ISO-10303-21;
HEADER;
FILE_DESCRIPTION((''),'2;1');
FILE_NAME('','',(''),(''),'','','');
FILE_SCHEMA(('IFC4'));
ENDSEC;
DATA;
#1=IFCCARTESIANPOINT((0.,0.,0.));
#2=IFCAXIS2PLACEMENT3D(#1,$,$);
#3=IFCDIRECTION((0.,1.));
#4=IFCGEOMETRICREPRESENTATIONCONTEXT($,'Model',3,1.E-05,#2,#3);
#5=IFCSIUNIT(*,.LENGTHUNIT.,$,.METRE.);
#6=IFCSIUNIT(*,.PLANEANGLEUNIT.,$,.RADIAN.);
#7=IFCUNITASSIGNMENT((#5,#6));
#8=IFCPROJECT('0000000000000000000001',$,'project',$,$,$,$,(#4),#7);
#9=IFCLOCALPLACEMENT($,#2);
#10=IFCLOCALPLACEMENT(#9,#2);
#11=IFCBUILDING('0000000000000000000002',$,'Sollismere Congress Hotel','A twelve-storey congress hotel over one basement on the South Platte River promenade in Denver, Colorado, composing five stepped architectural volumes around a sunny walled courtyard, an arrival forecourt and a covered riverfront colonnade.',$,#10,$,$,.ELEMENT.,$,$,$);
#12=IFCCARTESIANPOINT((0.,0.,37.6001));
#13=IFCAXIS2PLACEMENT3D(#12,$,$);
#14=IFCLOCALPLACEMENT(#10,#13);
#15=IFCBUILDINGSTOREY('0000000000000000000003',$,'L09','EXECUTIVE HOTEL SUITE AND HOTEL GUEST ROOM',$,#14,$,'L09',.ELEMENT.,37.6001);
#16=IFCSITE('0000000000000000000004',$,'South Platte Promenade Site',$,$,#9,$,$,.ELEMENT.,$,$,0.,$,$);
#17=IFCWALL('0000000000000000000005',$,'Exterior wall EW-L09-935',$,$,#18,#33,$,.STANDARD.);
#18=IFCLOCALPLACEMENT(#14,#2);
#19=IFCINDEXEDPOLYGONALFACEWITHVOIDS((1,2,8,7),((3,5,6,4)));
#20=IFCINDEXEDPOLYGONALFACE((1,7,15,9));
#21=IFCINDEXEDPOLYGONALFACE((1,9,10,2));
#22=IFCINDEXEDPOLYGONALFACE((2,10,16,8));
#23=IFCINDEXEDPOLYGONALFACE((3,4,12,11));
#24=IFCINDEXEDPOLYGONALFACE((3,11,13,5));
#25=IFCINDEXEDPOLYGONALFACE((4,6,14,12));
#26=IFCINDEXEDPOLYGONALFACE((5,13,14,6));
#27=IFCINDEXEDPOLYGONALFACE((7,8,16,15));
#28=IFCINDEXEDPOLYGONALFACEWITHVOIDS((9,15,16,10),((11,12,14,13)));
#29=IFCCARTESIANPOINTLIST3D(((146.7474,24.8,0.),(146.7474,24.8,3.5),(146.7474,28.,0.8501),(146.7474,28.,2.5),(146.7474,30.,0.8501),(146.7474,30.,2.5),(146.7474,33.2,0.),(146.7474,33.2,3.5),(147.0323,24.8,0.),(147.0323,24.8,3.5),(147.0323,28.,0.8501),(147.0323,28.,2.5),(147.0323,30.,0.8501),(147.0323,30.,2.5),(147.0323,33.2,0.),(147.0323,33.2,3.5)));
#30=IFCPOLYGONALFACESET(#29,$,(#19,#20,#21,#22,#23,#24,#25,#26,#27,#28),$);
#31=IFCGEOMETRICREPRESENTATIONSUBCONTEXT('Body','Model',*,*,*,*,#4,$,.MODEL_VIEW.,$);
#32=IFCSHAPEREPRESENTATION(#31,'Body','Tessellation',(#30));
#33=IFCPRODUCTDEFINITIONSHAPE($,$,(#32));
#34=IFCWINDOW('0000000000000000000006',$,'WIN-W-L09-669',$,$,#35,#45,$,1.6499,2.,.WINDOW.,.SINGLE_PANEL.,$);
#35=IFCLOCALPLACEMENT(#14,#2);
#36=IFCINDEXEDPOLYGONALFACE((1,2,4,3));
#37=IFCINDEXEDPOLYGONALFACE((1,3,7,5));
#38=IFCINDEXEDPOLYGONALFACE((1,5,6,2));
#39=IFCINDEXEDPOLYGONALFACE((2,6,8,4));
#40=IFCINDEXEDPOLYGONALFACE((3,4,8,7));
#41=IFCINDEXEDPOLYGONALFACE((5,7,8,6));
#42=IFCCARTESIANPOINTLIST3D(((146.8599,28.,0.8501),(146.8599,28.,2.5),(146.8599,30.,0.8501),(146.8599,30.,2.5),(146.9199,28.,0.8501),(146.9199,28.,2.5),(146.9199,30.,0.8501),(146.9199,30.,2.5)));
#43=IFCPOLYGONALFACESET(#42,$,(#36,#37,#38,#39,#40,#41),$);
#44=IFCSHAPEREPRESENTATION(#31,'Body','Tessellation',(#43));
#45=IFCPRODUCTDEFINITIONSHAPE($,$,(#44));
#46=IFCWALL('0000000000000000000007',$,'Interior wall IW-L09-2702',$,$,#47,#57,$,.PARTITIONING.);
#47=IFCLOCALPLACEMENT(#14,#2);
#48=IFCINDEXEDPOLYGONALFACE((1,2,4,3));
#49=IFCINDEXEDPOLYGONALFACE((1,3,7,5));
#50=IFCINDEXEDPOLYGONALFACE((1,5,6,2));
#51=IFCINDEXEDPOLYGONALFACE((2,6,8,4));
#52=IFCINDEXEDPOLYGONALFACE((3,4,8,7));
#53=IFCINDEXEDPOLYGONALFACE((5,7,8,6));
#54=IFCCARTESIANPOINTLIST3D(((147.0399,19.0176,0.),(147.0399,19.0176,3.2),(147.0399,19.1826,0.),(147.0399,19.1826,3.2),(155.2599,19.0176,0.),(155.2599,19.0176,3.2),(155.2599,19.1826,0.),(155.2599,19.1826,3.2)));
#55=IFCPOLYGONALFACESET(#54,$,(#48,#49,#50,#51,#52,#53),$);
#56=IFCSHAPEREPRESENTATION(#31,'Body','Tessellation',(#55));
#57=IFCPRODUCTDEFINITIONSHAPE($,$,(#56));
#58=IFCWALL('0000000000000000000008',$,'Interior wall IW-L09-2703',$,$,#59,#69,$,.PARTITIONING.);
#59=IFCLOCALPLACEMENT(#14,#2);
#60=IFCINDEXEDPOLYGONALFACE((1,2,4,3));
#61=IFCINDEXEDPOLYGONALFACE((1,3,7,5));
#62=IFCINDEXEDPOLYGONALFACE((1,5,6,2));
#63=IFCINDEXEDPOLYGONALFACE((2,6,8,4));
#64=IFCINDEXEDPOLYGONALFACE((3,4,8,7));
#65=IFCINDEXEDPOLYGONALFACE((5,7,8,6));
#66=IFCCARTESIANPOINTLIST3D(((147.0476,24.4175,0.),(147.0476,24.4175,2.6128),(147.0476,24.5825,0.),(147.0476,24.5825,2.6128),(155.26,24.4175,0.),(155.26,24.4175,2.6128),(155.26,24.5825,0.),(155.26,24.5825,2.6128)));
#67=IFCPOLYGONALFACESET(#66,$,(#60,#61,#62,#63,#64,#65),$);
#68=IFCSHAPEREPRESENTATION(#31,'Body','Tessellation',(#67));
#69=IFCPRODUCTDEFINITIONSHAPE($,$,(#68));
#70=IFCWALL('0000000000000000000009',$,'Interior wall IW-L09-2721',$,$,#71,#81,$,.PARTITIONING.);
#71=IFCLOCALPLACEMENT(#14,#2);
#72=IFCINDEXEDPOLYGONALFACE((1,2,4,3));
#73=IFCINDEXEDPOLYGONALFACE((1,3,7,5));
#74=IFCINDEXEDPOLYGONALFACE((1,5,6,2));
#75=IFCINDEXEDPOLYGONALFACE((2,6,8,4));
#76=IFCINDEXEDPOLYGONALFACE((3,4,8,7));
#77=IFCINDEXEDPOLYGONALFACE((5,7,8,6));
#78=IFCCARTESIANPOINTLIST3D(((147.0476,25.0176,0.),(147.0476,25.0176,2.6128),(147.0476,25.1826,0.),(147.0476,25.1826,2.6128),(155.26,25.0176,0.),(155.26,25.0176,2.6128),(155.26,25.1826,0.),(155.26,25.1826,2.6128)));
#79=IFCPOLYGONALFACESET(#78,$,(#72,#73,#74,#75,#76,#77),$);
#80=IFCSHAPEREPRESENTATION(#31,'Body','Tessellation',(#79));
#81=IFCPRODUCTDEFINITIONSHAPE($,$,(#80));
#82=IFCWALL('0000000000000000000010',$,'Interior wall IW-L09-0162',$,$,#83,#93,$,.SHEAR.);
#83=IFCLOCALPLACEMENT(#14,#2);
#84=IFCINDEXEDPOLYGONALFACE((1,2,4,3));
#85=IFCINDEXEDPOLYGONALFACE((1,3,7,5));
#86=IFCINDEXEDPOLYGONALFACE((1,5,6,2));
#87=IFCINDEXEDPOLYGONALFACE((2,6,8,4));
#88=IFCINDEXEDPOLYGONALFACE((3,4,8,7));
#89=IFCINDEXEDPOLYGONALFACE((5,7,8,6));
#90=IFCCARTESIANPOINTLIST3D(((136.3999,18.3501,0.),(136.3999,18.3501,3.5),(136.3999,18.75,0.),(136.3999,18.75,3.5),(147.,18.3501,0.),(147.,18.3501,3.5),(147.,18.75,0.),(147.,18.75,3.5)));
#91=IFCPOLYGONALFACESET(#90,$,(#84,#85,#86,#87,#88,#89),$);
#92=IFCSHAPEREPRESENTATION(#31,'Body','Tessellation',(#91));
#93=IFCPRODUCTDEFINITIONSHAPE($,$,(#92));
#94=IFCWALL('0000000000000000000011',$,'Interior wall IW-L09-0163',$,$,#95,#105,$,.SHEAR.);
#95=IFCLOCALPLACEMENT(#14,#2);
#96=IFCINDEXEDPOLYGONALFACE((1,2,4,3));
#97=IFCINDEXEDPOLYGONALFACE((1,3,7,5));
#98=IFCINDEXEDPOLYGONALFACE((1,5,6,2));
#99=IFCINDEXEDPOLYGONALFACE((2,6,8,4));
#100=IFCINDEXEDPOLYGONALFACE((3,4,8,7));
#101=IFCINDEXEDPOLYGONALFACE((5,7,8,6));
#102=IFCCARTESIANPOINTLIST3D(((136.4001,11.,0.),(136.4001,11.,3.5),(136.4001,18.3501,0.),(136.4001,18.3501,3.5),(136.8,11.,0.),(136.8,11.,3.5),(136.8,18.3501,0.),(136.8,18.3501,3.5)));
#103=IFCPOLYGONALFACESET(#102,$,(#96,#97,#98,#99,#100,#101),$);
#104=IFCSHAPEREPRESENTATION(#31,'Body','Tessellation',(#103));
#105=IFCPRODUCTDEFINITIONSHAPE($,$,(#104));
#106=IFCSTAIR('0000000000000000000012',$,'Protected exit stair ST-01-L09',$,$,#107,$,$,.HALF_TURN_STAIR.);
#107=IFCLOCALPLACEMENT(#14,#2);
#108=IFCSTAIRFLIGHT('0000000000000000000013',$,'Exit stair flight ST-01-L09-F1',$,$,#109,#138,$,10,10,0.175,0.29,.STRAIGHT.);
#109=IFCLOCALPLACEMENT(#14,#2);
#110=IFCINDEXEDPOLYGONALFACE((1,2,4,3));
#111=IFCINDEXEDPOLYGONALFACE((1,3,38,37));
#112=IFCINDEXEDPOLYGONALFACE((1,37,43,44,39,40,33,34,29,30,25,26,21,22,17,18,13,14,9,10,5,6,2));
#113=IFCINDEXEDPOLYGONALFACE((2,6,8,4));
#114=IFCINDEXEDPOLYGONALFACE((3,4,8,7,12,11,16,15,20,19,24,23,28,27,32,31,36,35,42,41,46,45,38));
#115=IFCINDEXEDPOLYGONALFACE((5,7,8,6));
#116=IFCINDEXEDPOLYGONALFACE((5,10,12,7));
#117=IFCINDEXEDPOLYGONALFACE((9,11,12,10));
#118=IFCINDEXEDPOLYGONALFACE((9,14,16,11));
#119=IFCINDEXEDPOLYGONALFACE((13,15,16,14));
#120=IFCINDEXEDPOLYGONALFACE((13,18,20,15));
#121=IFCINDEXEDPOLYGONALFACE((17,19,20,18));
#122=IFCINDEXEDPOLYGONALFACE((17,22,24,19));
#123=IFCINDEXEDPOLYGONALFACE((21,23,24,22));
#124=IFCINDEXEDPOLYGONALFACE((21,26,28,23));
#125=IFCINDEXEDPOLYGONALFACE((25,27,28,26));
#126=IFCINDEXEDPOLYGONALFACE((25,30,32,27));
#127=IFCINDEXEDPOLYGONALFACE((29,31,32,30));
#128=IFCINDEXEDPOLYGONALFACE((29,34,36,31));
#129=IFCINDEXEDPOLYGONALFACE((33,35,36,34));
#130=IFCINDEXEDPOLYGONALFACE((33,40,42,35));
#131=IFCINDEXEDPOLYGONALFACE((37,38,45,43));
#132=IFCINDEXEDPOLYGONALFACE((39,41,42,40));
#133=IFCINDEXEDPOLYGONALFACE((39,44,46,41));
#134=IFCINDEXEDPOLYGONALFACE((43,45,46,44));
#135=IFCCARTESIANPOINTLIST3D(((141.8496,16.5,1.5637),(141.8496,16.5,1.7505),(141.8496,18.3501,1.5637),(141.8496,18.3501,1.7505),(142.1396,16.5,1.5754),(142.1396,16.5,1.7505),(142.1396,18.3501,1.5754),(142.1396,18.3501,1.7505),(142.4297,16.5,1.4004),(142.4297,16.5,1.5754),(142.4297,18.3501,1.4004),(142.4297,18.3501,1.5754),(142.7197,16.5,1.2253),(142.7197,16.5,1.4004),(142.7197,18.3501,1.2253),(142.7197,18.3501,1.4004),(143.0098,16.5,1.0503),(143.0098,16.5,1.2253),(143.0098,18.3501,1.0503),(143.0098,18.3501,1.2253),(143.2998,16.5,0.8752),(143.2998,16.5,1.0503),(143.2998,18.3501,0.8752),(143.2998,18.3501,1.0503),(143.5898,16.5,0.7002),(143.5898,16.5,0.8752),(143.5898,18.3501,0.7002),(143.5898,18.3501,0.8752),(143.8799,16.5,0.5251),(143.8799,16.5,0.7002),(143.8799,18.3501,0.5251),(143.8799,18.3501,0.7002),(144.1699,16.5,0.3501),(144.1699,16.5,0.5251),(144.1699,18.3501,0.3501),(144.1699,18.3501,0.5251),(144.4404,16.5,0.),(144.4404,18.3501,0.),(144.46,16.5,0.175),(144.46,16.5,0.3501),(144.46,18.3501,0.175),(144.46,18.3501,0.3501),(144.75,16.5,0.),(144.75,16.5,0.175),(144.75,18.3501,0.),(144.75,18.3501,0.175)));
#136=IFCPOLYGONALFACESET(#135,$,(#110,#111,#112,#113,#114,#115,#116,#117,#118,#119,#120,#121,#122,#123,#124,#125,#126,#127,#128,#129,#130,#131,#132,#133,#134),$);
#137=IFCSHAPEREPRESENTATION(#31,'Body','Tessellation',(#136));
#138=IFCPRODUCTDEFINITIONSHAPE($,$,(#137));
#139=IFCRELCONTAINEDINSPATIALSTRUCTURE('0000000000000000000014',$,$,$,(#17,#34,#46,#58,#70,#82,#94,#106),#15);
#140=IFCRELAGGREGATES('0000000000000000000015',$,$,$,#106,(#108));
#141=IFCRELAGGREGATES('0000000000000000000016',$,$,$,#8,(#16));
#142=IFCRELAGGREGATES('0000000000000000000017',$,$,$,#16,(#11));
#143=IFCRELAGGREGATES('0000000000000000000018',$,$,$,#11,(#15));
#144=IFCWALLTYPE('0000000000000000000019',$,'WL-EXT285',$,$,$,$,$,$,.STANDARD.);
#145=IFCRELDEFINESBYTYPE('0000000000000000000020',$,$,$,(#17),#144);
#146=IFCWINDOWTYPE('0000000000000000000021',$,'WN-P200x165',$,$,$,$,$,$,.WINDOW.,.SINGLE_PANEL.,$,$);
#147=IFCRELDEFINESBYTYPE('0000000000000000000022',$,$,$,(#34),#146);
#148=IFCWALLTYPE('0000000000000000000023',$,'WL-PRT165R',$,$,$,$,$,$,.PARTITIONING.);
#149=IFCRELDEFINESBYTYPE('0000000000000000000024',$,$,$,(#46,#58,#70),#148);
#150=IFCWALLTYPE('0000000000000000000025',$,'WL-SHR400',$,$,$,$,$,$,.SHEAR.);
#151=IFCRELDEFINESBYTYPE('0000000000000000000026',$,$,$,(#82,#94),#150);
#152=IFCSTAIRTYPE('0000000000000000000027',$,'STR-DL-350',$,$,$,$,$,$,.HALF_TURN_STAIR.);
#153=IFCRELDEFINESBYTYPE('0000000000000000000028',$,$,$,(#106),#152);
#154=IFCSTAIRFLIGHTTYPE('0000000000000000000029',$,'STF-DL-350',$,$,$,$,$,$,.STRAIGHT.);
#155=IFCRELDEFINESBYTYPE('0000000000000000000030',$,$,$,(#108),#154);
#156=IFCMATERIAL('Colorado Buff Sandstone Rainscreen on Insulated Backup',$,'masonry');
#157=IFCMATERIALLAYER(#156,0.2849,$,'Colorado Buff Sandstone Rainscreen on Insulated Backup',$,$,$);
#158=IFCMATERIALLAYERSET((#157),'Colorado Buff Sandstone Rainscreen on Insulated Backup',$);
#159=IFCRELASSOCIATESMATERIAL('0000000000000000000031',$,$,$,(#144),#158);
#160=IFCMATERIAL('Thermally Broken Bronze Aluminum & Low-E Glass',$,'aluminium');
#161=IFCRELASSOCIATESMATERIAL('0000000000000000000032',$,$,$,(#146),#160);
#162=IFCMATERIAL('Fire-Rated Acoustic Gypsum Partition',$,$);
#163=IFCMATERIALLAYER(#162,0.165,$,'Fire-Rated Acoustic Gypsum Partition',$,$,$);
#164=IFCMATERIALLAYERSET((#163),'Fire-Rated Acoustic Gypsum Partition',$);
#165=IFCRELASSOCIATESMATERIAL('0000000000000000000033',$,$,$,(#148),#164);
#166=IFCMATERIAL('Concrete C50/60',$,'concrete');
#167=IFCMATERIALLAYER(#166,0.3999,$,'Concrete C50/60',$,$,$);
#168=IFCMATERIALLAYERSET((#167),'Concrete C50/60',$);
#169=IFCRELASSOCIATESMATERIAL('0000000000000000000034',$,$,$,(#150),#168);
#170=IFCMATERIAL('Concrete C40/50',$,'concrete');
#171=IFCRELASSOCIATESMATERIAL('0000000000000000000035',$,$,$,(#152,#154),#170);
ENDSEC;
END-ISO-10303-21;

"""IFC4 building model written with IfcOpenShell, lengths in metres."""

from ifc_helpers import new_model, si_unit, direction, frame, frame_2d, origin, place, context, subcontext, project, spatial, polyline, rectangle, outline, extrude, material, layer, layer_set, type_object, element, fill, aggregate, save


model = new_model("IFC4")

# Units and contexts
model_context = context("Model", 3, precision=1e-05, world=origin(), true_north=direction((0.0, 1.0)))
body_context = subcontext(model_context, "Body", "Model", "MODEL_VIEW")
ifc_project = project(units=[si_unit("LENGTHUNIT", "METRE"), si_unit("PLANEANGLEUNIT", "RADIAN")], contexts=[model_context])

# Site, building, storey
site_placement = place(None, origin())
site = spatial("IfcSite", under=ifc_project, at=site_placement, Name="South Platte Promenade Site", CompositionType="ELEMENT", RefElevation=0.0)
building_placement = place(site_placement, origin())
building = spatial("IfcBuilding", under=site, at=building_placement, Name="Sollismere Congress Hotel", Description="A twelve-storey congress hotel over one basement on the South Platte River promenade in Denver, Colorado, composing five stepped architectural volumes around a sunny walled courtyard, an arrival forecourt and a covered riverfront colonnade.", CompositionType="ELEMENT")
storey_placement = place(building_placement, frame((0.0, 0.0, 37.6001)))
storey = spatial("IfcBuildingStorey", under=building, at=storey_placement, Name="L09", Description="EXECUTIVE HOTEL SUITE AND HOTEL GUEST ROOM", LongName="L09", CompositionType="ELEMENT", Elevation=37.6001)

# Shared definitions
ifc_material_1 = material(Name="Colorado Buff Sandstone Rainscreen on Insulated Backup", Category="masonry")
ifc_layer_1 = layer(ifc_material_1, 0.2849, Name="Colorado Buff Sandstone Rainscreen on Insulated Backup")
ifc_layer_set_1 = layer_set([ifc_layer_1], Name="Colorado Buff Sandstone Rainscreen on Insulated Backup")
wall_type_1 = type_object("IfcWallType", Name="WL-EXT285", PredefinedType="STANDARD", material=ifc_layer_set_1)
ifc_material_2 = material(Name="Thermally Broken Bronze Aluminum & Low-E Glass", Category="aluminium")
window_type = type_object("IfcWindowType", Name="WN-P200x165", PartitioningType="SINGLE_PANEL", PredefinedType="WINDOW", material=ifc_material_2)

# Wall, opening, window
wall_1_placement = place(storey_placement, frame((146.8899, 24.8, 0.0), z_axis=(0.0, 0.0, 1.0), x_axis=(0.0, 1.0, 0.0)))
wall_1 = element("IfcWall", 1, at=wall_1_placement, inside=storey, type_object=wall_type_1, Name="Exterior wall EW-L09-935", PredefinedType="STANDARD", context=body_context, shape_type="SweptSolid", body=[
    extrude(rectangle(XDim=8.3999, YDim=0.2849, at=frame_2d((4.2, 0.0))), origin(), (0.0, 0.0, 1.0), 3.5),
])
opening_1_placement = place(wall_1_placement, frame((3.2, 0.0, 0.8501)))
opening_1 = element("IfcOpeningElement", 2, at=opening_1_placement, cuts=wall_1, PredefinedType="OPENING", context=body_context, shape_type="SweptSolid", body=[
    extrude(rectangle(XDim=2.0, YDim=1.6499, at=frame_2d((1.0, 0.825))), frame((0.0, 0.1523, 0.0), z_axis=(0.0, -1.0, 0.0), x_axis=(1.0, 0.0, 0.0)), (0.0, 0.0, 1.0), 0.3049),
])
window_1_placement = place(opening_1_placement, origin())
window_1 = element("IfcWindow", 3, at=window_1_placement, inside=storey, type_object=window_type, Name="WIN-W-L09-669", OverallHeight=1.6499, OverallWidth=2.0, PartitioningType="SINGLE_PANEL", PredefinedType="WINDOW", context=body_context, shape_type="SweptSolid", body=[
    extrude(rectangle(XDim=2.0, YDim=1.6499, at=frame_2d((1.0, 0.825))), frame((0.0, 0.03, 0.0), z_axis=(0.0, -1.0, 0.0), x_axis=(1.0, 0.0, 0.0)), (0.0, 0.0, 1.0), 0.0601),
])
fill(opening_1, window_1)

# Walls
ifc_material_3 = material(Name="Fire-Rated Acoustic Gypsum Partition")
ifc_layer_2 = layer(ifc_material_3, 0.165, Name="Fire-Rated Acoustic Gypsum Partition")
ifc_layer_set_2 = layer_set([ifc_layer_2], Name="Fire-Rated Acoustic Gypsum Partition")
wall_type_2 = type_object("IfcWallType", Name="WL-PRT165R", PredefinedType="PARTITIONING", material=ifc_layer_set_2)
wall_2_placement = place(storey_placement, frame((147.04, 19.1001, 0.0), z_axis=(0.0, 0.0, 1.0), x_axis=(1.0, 0.0, 0.0)))
element("IfcWall", 4, at=wall_2_placement, inside=storey, type_object=wall_type_2, Name="Interior wall IW-L09-2702", PredefinedType="PARTITIONING", context=body_context, shape_type="SweptSolid", body=[
    extrude(rectangle(XDim=8.22, YDim=0.165, at=frame_2d((4.1099, 0.0))), origin(), (0.0, 0.0, 1.0), 3.2),
])
for number, where, z_axis, x_axis, name in (
    (5, (147.0476, 24.5, 0.0), (0.0, 0.0, 1.0), (1.0, 0.0, 0.0), "Interior wall IW-L09-2703"),
    (6, (147.0476, 25.1001, 0.0), (0.0, 0.0, 1.0), (1.0, 0.0, 0.0), "Interior wall IW-L09-2721"),
):
    element("IfcWall", number, at=place(storey_placement, frame(where, z_axis=z_axis, x_axis=x_axis)), inside=storey, type_object=wall_type_2, Name=name, PredefinedType="PARTITIONING", context=body_context, shape_type="SweptSolid", body=[
        extrude(rectangle(XDim=8.2124, YDim=0.165, at=frame_2d((4.1062, 0.0))), origin(), (0.0, 0.0, 1.0), 2.6128),
    ])
ifc_material_4 = material(Name="Concrete C50/60", Category="concrete")
ifc_layer_3 = layer(ifc_material_4, 0.3999, Name="Concrete C50/60")
ifc_layer_set_3 = layer_set([ifc_layer_3], Name="Concrete C50/60")
wall_type_3 = type_object("IfcWallType", Name="WL-SHR400", PredefinedType="SHEAR", material=ifc_layer_set_3)
wall_3_placement = place(storey_placement, frame((147.0, 18.55, 0.0), z_axis=(0.0, 0.0, 1.0), x_axis=(-1.0, 0.0, 0.0)))
element("IfcWall", 7, at=wall_3_placement, inside=storey, type_object=wall_type_3, Name="Interior wall IW-L09-0162", PredefinedType="SHEAR", context=body_context, shape_type="SweptSolid", body=[
    extrude(rectangle(XDim=10.6001, YDim=0.3999, at=frame_2d((5.3, 0.0))), origin(), (0.0, 0.0, 1.0), 3.5),
])
wall_4_placement = place(storey_placement, frame((136.6001, 18.3501, 0.0), z_axis=(0.0, 0.0, 1.0), x_axis=(0.0, -1.0, 0.0)))
element("IfcWall", 8, at=wall_4_placement, inside=storey, type_object=wall_type_3, Name="Interior wall IW-L09-0163", PredefinedType="SHEAR", context=body_context, shape_type="SweptSolid", body=[
    extrude(rectangle(XDim=7.3501, YDim=0.3999, at=frame_2d((3.675, 0.0))), origin(), (0.0, 0.0, 1.0), 3.5),
])

# Stair, stair flight
ifc_material_5 = material(Name="Concrete C40/50", Category="concrete")
stair_type = type_object("IfcStairType", Name="STR-DL-350", PredefinedType="HALF_TURN_STAIR", material=ifc_material_5)
stair_placement = place(storey_placement, origin())
stair = element("IfcStair", 9, at=stair_placement, inside=storey, type_object=stair_type, Name="Protected exit stair ST-01-L09", PredefinedType="HALF_TURN_STAIR")
stair_flight_type = type_object("IfcStairFlightType", Name="STF-DL-350", PredefinedType="STRAIGHT", material=ifc_material_5)
stair_flight_placement = place(storey_placement, frame((144.75, 17.425, 0.0), z_axis=(0.0, 0.0, 1.0), x_axis=(-1.0, 0.0, 0.0)))
stair_flight = element("IfcStairFlight", 10, at=stair_flight_placement, type_object=stair_flight_type, Name="Exit stair flight ST-01-L09-F1", NumberOfRisers=10, NumberOfTreads=10, PredefinedType="STRAIGHT", RiserHeight=0.175, TreadLength=0.29, context=body_context, shape_type="SweptSolid", body=[
    extrude(outline(polyline([(0.0, 0.0), (0.0, 0.175), (0.29, 0.175), (0.29, 0.3501), (0.5801, 0.3501), (0.5801, 0.5251), (0.8701, 0.5251), (0.8701, 0.7002), (1.1602, 0.7002), (1.1602, 0.8752), (1.4502, 0.8752), (1.4502, 1.0503), (1.7402, 1.0503), (1.7402, 1.2253), (2.0303, 1.2253), (2.0303, 1.4004), (2.3203, 1.4004), (2.3203, 1.5754), (2.6104, 1.5754), (2.6104, 1.7505), (2.9004, 1.7505), (2.9004, 1.5637), (0.3096, 0.0), (0.0, 0.0)])), frame((0.0, 0.925, 0.0), z_axis=(0.0, -1.0, 0.0), x_axis=(1.0, 0.0, 0.0)), (0.0, 0.0, 1.0), 1.8501),
])
aggregate(stair, [stair_flight])

save(model, "model.ifc")
